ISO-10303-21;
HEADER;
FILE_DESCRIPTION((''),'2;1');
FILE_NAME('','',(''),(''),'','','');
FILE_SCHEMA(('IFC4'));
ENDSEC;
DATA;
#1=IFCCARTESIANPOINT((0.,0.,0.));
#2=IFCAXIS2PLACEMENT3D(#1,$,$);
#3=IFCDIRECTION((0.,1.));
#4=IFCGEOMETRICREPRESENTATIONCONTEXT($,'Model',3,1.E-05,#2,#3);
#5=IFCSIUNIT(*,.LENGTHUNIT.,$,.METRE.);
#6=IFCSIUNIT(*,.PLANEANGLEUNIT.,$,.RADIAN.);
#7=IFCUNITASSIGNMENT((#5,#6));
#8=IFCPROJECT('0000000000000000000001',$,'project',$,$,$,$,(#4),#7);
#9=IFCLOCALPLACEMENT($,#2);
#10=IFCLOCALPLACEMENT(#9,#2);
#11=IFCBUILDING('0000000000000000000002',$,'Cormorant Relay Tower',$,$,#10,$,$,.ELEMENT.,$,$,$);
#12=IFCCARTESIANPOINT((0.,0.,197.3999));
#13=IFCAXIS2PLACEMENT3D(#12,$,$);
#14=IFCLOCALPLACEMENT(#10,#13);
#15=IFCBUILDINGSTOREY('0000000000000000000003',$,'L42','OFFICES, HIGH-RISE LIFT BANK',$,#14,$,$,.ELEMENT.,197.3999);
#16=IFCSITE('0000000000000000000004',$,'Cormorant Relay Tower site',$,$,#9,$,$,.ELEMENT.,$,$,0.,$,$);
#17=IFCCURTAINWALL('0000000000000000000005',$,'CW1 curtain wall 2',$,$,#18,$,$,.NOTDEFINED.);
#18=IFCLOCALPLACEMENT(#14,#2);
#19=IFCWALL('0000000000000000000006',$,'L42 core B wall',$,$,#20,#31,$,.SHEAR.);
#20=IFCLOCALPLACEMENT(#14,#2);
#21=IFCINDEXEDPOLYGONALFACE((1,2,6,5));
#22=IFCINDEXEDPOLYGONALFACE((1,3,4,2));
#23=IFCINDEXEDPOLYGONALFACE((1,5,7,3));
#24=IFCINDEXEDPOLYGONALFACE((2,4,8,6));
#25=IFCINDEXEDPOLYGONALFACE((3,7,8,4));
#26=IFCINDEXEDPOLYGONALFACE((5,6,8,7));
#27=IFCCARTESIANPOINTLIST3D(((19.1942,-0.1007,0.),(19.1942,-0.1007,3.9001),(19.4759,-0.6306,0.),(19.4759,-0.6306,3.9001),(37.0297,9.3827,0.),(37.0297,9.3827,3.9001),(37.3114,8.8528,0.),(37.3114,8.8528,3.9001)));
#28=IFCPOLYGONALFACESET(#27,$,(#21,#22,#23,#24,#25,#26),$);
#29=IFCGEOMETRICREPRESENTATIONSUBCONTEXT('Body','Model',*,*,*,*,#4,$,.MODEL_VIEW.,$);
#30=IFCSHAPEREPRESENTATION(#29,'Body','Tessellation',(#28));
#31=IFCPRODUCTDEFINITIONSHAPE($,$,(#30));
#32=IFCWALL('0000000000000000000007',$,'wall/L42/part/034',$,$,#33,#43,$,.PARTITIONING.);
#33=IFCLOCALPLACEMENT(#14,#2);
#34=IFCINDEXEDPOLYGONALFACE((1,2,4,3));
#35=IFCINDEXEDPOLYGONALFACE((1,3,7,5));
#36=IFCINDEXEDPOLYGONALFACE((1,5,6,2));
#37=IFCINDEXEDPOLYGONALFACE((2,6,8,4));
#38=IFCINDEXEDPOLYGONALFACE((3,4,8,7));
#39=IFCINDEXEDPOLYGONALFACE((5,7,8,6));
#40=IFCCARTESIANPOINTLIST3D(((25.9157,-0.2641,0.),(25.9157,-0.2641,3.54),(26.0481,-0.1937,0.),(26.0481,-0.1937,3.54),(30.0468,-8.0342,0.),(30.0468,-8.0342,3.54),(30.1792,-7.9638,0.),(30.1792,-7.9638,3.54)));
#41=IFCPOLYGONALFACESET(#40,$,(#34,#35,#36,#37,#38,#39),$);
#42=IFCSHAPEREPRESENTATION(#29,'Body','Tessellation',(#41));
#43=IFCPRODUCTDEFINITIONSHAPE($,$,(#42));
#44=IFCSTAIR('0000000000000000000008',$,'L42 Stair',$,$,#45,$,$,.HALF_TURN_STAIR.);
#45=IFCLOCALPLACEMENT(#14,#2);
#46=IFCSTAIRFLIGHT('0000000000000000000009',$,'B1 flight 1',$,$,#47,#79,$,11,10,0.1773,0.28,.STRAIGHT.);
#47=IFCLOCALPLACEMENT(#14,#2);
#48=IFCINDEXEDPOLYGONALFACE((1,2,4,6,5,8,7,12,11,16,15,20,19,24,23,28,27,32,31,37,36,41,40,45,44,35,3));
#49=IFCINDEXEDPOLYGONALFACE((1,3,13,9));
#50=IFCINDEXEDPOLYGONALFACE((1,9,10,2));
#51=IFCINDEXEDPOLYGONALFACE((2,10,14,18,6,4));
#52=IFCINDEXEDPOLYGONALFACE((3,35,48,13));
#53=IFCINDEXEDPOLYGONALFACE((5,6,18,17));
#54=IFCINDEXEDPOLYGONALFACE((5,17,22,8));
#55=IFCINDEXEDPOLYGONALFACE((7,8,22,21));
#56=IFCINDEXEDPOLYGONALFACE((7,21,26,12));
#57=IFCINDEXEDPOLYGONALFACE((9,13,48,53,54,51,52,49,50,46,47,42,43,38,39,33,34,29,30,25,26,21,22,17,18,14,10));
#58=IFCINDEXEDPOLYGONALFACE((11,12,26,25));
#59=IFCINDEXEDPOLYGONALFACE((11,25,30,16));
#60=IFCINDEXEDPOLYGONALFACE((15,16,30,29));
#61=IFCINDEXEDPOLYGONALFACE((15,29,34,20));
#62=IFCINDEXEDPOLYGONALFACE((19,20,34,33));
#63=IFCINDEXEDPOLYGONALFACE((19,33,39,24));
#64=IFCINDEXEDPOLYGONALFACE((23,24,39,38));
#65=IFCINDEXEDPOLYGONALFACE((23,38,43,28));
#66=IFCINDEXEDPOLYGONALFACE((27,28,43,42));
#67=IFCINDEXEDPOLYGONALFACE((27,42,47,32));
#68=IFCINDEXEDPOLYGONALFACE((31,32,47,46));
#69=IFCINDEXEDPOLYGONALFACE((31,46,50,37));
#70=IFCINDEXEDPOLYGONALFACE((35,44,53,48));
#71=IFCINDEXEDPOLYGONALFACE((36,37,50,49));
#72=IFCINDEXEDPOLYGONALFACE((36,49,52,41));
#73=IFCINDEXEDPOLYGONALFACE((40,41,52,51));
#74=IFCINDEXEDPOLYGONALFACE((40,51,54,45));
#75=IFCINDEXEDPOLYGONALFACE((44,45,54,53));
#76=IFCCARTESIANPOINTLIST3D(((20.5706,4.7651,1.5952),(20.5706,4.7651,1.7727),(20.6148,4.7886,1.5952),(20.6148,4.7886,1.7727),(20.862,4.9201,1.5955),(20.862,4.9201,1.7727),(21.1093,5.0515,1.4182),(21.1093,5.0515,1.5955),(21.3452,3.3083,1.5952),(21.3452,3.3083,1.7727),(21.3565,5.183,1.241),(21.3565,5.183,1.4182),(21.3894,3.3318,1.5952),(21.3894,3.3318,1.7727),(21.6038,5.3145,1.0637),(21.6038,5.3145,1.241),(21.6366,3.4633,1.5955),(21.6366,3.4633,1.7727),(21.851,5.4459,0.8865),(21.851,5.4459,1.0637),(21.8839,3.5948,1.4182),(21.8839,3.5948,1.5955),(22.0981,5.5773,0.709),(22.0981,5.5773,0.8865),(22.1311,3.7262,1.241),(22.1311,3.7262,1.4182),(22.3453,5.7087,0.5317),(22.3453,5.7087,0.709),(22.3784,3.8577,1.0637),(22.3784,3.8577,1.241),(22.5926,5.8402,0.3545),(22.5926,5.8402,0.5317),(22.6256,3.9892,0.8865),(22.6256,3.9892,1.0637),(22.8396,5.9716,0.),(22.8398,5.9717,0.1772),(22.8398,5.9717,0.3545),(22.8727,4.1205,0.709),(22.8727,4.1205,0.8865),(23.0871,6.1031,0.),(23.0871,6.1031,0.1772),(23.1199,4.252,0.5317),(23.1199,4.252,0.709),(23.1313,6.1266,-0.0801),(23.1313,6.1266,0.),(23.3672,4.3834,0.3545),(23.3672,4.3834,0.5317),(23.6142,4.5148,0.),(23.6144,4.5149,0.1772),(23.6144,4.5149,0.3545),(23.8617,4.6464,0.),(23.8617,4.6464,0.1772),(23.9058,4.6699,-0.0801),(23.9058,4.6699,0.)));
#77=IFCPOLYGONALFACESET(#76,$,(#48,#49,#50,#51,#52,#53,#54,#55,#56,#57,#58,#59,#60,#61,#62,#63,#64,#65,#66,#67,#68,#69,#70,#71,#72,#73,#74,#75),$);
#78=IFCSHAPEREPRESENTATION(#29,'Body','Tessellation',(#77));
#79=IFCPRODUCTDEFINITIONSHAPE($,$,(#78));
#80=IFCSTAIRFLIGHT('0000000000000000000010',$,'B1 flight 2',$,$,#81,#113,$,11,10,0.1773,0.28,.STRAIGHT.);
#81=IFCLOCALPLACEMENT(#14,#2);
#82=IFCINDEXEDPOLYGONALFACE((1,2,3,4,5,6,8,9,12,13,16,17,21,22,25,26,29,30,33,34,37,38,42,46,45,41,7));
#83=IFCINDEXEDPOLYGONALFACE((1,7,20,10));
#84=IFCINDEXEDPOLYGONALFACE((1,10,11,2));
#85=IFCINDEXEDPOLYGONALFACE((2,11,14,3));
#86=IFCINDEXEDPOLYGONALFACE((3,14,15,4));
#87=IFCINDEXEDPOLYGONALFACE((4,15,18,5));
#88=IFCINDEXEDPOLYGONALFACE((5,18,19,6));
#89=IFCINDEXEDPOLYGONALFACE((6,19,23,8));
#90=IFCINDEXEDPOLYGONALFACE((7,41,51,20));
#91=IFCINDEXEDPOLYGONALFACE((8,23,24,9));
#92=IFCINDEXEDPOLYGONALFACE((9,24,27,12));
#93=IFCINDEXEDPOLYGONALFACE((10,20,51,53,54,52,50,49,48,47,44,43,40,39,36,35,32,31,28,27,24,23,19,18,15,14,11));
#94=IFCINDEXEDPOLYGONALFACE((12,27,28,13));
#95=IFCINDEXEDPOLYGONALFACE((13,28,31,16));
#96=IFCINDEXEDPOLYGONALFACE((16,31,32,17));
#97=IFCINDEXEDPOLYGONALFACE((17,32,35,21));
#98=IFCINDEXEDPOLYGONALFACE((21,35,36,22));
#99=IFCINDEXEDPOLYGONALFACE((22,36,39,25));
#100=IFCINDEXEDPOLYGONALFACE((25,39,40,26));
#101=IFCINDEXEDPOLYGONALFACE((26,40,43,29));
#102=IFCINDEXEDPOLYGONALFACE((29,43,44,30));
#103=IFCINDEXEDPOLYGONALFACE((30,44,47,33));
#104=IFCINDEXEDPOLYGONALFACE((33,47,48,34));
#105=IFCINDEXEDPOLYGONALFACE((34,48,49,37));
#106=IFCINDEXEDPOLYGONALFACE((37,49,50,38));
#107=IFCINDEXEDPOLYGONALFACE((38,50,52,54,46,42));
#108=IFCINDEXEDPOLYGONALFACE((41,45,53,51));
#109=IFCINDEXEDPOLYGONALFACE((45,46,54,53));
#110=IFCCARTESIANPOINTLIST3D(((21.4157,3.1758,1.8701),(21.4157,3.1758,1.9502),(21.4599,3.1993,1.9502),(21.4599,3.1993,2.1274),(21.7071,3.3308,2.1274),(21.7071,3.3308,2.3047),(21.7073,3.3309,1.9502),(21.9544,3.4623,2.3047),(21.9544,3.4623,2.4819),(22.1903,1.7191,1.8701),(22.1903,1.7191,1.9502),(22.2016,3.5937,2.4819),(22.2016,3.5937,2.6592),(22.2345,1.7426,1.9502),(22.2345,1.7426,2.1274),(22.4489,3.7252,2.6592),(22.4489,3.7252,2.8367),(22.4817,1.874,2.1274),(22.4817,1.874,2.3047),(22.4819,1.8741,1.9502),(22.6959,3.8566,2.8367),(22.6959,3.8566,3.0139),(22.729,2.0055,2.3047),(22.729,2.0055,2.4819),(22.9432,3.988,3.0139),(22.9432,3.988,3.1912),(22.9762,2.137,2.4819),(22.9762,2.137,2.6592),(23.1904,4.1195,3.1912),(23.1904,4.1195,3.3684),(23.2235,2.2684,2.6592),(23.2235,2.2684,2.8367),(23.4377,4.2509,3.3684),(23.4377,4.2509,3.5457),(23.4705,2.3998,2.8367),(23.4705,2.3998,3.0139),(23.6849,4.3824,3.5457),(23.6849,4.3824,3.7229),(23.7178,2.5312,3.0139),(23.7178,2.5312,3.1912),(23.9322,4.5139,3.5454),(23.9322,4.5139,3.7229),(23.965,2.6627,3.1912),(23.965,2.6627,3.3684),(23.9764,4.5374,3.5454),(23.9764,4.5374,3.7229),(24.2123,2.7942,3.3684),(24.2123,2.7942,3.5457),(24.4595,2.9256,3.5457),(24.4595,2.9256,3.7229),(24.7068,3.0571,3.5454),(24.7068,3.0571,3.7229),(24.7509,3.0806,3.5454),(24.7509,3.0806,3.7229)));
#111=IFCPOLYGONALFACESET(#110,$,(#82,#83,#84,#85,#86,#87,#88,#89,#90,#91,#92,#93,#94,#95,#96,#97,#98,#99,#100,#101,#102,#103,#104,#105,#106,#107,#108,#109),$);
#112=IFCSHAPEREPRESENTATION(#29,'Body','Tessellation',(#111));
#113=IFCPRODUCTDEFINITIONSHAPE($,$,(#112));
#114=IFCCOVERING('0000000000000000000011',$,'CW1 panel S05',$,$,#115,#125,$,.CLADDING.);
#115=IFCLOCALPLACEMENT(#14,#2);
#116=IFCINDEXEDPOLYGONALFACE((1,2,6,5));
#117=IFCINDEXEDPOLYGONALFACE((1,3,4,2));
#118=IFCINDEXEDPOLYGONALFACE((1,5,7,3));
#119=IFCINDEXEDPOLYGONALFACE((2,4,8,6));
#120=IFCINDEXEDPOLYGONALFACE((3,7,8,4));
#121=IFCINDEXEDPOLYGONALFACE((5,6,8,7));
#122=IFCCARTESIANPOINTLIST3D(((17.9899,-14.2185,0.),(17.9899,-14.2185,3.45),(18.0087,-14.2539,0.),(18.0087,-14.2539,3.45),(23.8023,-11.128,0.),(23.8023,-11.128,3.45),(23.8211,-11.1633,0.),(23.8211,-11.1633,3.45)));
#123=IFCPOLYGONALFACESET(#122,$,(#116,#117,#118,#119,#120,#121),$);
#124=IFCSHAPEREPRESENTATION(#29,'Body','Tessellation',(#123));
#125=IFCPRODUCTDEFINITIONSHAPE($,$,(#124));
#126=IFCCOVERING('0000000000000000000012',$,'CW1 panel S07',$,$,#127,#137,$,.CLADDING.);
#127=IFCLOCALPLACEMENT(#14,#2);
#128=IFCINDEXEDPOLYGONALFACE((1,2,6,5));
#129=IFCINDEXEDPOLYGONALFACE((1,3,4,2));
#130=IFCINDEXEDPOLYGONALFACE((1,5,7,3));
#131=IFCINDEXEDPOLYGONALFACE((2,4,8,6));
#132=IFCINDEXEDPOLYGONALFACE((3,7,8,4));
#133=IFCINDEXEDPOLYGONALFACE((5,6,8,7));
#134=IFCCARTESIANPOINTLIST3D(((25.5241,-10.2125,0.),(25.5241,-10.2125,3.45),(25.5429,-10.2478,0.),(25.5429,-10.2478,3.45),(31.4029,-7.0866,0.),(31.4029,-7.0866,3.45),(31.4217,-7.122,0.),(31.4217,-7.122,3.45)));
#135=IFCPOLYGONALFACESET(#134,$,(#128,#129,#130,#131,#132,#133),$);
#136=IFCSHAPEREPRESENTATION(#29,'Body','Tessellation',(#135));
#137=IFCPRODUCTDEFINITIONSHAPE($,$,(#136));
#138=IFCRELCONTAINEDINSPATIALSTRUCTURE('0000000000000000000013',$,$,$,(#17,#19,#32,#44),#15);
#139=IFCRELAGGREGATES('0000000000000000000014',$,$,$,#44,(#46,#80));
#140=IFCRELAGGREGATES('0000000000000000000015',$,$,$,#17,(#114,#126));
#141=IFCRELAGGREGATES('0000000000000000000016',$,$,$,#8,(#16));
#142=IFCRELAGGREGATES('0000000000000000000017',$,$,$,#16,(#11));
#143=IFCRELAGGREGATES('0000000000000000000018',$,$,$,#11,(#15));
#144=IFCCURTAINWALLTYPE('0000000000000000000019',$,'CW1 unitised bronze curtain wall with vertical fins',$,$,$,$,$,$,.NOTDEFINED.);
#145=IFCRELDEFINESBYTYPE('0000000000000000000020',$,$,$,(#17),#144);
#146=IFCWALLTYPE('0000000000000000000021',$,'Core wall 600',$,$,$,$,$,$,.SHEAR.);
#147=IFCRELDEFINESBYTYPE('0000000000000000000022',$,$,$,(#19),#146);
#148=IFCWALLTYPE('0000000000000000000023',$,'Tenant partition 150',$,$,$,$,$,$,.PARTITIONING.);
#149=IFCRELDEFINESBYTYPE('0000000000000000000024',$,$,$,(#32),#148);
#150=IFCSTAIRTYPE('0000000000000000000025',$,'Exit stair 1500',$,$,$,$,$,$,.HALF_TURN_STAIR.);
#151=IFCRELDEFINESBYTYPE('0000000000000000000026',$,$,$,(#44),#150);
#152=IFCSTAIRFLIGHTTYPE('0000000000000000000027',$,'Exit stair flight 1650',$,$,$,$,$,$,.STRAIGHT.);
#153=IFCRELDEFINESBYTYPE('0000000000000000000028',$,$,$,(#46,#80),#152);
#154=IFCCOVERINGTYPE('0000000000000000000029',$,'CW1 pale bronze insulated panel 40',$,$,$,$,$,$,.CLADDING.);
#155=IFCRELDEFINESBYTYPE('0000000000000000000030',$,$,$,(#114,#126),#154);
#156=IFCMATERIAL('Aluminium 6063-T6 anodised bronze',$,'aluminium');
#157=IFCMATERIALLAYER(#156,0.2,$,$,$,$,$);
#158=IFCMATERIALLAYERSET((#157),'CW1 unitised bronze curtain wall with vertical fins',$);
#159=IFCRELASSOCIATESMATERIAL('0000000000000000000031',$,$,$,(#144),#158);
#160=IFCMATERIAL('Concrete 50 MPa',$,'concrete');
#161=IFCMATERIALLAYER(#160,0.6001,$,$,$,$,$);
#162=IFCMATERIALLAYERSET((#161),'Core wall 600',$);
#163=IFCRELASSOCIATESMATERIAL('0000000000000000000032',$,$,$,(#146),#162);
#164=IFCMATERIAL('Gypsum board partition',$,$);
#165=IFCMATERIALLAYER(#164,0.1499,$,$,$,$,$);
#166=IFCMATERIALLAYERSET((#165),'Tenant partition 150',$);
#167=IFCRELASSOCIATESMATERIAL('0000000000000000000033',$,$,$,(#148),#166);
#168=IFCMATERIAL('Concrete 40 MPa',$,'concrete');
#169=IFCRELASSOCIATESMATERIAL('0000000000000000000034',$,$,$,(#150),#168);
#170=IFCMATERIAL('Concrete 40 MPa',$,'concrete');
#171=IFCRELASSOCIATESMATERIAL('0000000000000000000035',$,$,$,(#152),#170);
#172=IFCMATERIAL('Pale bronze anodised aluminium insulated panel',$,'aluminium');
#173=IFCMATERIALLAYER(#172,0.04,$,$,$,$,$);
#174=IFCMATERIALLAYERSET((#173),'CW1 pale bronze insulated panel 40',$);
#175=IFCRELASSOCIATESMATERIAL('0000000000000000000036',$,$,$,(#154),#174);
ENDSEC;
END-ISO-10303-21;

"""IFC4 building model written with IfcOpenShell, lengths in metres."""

from ifc_helpers import new_model, si_unit, direction, frame, frame_2d, origin, origin_2d, place, context, subcontext, project, spatial, polyline, rectangle, outline, extrude, material, layer, layer_set, type_object, element, aggregate, save


model = new_model("IFC4")

# Units and contexts
model_context = context("Model", 3, precision=1e-05, world=origin(), true_north=direction((0.0, 1.0)))
body_context = subcontext(model_context, "Body", "Model", "MODEL_VIEW")
ifc_project = project(units=[si_unit("LENGTHUNIT", "METRE"), si_unit("PLANEANGLEUNIT", "RADIAN")], contexts=[model_context])

# Site, building, storey
site_placement = place(None, origin())
site = spatial("IfcSite", under=ifc_project, at=site_placement, Name="Cormorant Relay Tower site", CompositionType="ELEMENT", RefElevation=0.0)
building_placement = place(site_placement, origin())
building = spatial("IfcBuilding", under=site, at=building_placement, Name="Cormorant Relay Tower", CompositionType="ELEMENT")
storey_placement = place(building_placement, frame((0.0, 0.0, 197.3999)))
storey = spatial("IfcBuildingStorey", under=building, at=storey_placement, Name="L42", Description="OFFICES, HIGH-RISE LIFT BANK", CompositionType="ELEMENT", Elevation=197.3999)

# Curtain wall
ifc_material_1 = material(Name="Aluminium 6063-T6 anodised bronze", Category="aluminium")
ifc_layer_1 = layer(ifc_material_1, 0.2)
ifc_layer_set_1 = layer_set([ifc_layer_1], Name="CW1 unitised bronze curtain wall with vertical fins")
curtain_wall_type = type_object("IfcCurtainWallType", Name="CW1 unitised bronze curtain wall with vertical fins", PredefinedType="NOTDEFINED", material=ifc_layer_set_1)
curtain_wall_placement = place(storey_placement, origin())
curtain_wall = element("IfcCurtainWall", 1, at=curtain_wall_placement, inside=storey, type_object=curtain_wall_type, Name="CW1 curtain wall 2", PredefinedType="NOTDEFINED")

# Shared definitions
ifc_material_2 = material(Name="Concrete 50 MPa", Category="concrete")
ifc_layer_2 = layer(ifc_material_2, 0.6001)
ifc_layer_set_2 = layer_set([ifc_layer_2], Name="Core wall 600")
wall_type_1 = type_object("IfcWallType", Name="Core wall 600", PredefinedType="SHEAR", material=ifc_layer_set_2)

# Walls
wall_1_placement = place(storey_placement, frame((19.335, -0.3657, 0.0), z_axis=(0.0, 0.0, 1.0), x_axis=(0.882945, 0.469476, 0.0)))
element("IfcWall", 2, at=wall_1_placement, inside=storey, type_object=wall_type_1, Name="L42 core B wall", PredefinedType="SHEAR", context=body_context, shape_type="SweptSolid", body=[
    extrude(rectangle(XDim=20.2, YDim=0.6001, at=frame_2d((10.1001, 0.0))), origin(), (0.0, 0.0, 1.0), 3.9001),
])
ifc_material_3 = material(Name="Gypsum board partition")
ifc_layer_3 = layer(ifc_material_3, 0.1499)
ifc_layer_set_3 = layer_set([ifc_layer_3], Name="Tenant partition 150")
wall_type_2 = type_object("IfcWallType", Name="Tenant partition 150", PredefinedType="PARTITIONING", material=ifc_layer_set_3)
wall_2_placement = place(storey_placement, frame((25.9819, -0.229, 0.0), z_axis=(0.0, 0.0, 1.0), x_axis=(0.469446, -0.882961, 0.0)))
element("IfcWall", 3, at=wall_2_placement, inside=storey, type_object=wall_type_2, Name="wall/L42/part/034", PredefinedType="PARTITIONING", context=body_context, shape_type="SweptSolid", body=[
    extrude(rectangle(XDim=8.8, YDim=0.1499, at=frame_2d((4.3999, 0.0))), origin(), (0.0, 0.0, 1.0), 3.54),
])

# Stair, stair flights
ifc_material_4 = material(Name="Concrete 40 MPa", Category="concrete")
stair_type = type_object("IfcStairType", Name="Exit stair 1500", PredefinedType="HALF_TURN_STAIR", material=ifc_material_4)
stair_placement = place(storey_placement, origin())
stair = element("IfcStair", 4, at=stair_placement, inside=storey, type_object=stair_type, Name="L42 Stair", PredefinedType="HALF_TURN_STAIR")
ifc_material_5 = material(Name="Concrete 40 MPa", Category="concrete")
stair_flight_type = type_object("IfcStairFlightType", Name="Exit stair flight 1650", PredefinedType="STRAIGHT", material=ifc_material_5)
stair_flight_1_placement = place(storey_placement, frame((23.4744, 5.3748, 0.0), z_axis=(0.0, 0.0, 1.0), x_axis=(-0.882948, -0.469472, 0.0)))
stair_flight_1 = element("IfcStairFlight", 5, at=stair_flight_1_placement, type_object=stair_flight_type, Name="B1 flight 1", NumberOfRisers=11, NumberOfTreads=10, PredefinedType="STRAIGHT", RiserHeight=0.1773, TreadLength=0.28, context=body_context, shape_type="SweptSolid", body=[
    extrude(outline(polyline([(-0.05, -0.0801), (-0.05, 0.0), (0.0, 0.0), (0.0, 0.1772), (0.28, 0.1772), (0.28, 0.3545), (0.5601, 0.3545), (0.5601, 0.5317), (0.8401, 0.5317), (0.8401, 0.709), (1.1201, 0.709), (1.1201, 0.8865), (1.3999, 0.8865), (1.3999, 1.0637), (1.6799, 1.0637), (1.6799, 1.241), (1.96, 1.241), (1.96, 1.4182), (2.24, 1.4182), (2.24, 1.5955), (2.52, 1.5955), (2.52, 1.7727), (2.8, 1.7727), (2.8501, 1.7727), (2.8501, 1.5952), (2.8, 1.5952), (0.2803, 0.0), (-0.05, -0.0801)])), frame((0.0, 0.825, 0.0), z_axis=(0.0, -1.0, 0.0), x_axis=(1.0, 0.0, 0.0)), (0.0, 0.0, 1.0), 1.6499),
])
stair_flight_2_placement = place(storey_placement, frame((21.8472, 2.4709, 1.9502), z_axis=(0.0, 0.0, 1.0), x_axis=(0.882948, 0.469472, 0.0)))
stair_flight_2 = element("IfcStairFlight", 6, at=stair_flight_2_placement, type_object=stair_flight_type, Name="B1 flight 2", NumberOfRisers=11, NumberOfTreads=10, PredefinedType="STRAIGHT", RiserHeight=0.1773, TreadLength=0.28, context=body_context, shape_type="SweptSolid", body=[
    extrude(outline(polyline([(-0.05, -0.0801), (-0.05, 0.0), (0.0, 0.0), (0.0, 0.1772), (0.28, 0.1772), (0.28, 0.3545), (0.5601, 0.3545), (0.5601, 0.5317), (0.8401, 0.5317), (0.8401, 0.709), (1.1201, 0.709), (1.1201, 0.8865), (1.3999, 0.8865), (1.3999, 1.0637), (1.6799, 1.0637), (1.6799, 1.241), (1.96, 1.241), (1.96, 1.4182), (2.24, 1.4182), (2.24, 1.5955), (2.52, 1.5955), (2.52, 1.7727), (2.8, 1.7727), (2.8501, 1.7727), (2.8501, 1.5952), (2.8, 1.5952), (0.2803, 0.0), (-0.05, -0.0801)])), frame((0.0, 0.825, 0.0), z_axis=(0.0, -1.0, 0.0), x_axis=(1.0, 0.0, 0.0)), (0.0, 0.0, 1.0), 1.6499),
])
aggregate(stair, [stair_flight_1, stair_flight_2])

# Coverings
ifc_material_6 = material(Name="Pale bronze anodised aluminium insulated panel", Category="aluminium")
ifc_layer_4 = layer(ifc_material_6, 0.04)
ifc_layer_set_4 = layer_set([ifc_layer_4], Name="CW1 pale bronze insulated panel 40")
covering_type = type_object("IfcCoveringType", Name="CW1 pale bronze insulated panel 40", PredefinedType="CLADDING", material=ifc_layer_set_4)
covering_1_placement = place(storey_placement, frame((20.9055, -12.6909, 0.0), z_axis=(0.0, 0.0, 1.0), x_axis=(0.882948, 0.469472, 0.0)))
covering_1 = element("IfcCovering", 7, at=covering_1_placement, type_object=covering_type, Name="CW1 panel S05", PredefinedType="CLADDING", context=body_context, shape_type="SweptSolid", body=[
    extrude(rectangle(XDim=6.583, YDim=0.04, at=origin_2d()), origin(), (0.0, 0.0, 1.0), 3.45),
])
covering_2_placement = place(storey_placement, frame((28.4729, -8.6672, 0.0), z_axis=(0.0, 0.0, 1.0), x_axis=(0.882948, 0.469472, 0.0)))
covering_2 = element("IfcCovering", 8, at=covering_2_placement, type_object=covering_type, Name="CW1 panel S07", PredefinedType="CLADDING", context=body_context, shape_type="SweptSolid", body=[
    extrude(rectangle(XDim=6.6582, YDim=0.04, at=origin_2d()), origin(), (0.0, 0.0, 1.0), 3.45),
])
aggregate(curtain_wall, [covering_1, covering_2])

save(model, "model.ifc")
